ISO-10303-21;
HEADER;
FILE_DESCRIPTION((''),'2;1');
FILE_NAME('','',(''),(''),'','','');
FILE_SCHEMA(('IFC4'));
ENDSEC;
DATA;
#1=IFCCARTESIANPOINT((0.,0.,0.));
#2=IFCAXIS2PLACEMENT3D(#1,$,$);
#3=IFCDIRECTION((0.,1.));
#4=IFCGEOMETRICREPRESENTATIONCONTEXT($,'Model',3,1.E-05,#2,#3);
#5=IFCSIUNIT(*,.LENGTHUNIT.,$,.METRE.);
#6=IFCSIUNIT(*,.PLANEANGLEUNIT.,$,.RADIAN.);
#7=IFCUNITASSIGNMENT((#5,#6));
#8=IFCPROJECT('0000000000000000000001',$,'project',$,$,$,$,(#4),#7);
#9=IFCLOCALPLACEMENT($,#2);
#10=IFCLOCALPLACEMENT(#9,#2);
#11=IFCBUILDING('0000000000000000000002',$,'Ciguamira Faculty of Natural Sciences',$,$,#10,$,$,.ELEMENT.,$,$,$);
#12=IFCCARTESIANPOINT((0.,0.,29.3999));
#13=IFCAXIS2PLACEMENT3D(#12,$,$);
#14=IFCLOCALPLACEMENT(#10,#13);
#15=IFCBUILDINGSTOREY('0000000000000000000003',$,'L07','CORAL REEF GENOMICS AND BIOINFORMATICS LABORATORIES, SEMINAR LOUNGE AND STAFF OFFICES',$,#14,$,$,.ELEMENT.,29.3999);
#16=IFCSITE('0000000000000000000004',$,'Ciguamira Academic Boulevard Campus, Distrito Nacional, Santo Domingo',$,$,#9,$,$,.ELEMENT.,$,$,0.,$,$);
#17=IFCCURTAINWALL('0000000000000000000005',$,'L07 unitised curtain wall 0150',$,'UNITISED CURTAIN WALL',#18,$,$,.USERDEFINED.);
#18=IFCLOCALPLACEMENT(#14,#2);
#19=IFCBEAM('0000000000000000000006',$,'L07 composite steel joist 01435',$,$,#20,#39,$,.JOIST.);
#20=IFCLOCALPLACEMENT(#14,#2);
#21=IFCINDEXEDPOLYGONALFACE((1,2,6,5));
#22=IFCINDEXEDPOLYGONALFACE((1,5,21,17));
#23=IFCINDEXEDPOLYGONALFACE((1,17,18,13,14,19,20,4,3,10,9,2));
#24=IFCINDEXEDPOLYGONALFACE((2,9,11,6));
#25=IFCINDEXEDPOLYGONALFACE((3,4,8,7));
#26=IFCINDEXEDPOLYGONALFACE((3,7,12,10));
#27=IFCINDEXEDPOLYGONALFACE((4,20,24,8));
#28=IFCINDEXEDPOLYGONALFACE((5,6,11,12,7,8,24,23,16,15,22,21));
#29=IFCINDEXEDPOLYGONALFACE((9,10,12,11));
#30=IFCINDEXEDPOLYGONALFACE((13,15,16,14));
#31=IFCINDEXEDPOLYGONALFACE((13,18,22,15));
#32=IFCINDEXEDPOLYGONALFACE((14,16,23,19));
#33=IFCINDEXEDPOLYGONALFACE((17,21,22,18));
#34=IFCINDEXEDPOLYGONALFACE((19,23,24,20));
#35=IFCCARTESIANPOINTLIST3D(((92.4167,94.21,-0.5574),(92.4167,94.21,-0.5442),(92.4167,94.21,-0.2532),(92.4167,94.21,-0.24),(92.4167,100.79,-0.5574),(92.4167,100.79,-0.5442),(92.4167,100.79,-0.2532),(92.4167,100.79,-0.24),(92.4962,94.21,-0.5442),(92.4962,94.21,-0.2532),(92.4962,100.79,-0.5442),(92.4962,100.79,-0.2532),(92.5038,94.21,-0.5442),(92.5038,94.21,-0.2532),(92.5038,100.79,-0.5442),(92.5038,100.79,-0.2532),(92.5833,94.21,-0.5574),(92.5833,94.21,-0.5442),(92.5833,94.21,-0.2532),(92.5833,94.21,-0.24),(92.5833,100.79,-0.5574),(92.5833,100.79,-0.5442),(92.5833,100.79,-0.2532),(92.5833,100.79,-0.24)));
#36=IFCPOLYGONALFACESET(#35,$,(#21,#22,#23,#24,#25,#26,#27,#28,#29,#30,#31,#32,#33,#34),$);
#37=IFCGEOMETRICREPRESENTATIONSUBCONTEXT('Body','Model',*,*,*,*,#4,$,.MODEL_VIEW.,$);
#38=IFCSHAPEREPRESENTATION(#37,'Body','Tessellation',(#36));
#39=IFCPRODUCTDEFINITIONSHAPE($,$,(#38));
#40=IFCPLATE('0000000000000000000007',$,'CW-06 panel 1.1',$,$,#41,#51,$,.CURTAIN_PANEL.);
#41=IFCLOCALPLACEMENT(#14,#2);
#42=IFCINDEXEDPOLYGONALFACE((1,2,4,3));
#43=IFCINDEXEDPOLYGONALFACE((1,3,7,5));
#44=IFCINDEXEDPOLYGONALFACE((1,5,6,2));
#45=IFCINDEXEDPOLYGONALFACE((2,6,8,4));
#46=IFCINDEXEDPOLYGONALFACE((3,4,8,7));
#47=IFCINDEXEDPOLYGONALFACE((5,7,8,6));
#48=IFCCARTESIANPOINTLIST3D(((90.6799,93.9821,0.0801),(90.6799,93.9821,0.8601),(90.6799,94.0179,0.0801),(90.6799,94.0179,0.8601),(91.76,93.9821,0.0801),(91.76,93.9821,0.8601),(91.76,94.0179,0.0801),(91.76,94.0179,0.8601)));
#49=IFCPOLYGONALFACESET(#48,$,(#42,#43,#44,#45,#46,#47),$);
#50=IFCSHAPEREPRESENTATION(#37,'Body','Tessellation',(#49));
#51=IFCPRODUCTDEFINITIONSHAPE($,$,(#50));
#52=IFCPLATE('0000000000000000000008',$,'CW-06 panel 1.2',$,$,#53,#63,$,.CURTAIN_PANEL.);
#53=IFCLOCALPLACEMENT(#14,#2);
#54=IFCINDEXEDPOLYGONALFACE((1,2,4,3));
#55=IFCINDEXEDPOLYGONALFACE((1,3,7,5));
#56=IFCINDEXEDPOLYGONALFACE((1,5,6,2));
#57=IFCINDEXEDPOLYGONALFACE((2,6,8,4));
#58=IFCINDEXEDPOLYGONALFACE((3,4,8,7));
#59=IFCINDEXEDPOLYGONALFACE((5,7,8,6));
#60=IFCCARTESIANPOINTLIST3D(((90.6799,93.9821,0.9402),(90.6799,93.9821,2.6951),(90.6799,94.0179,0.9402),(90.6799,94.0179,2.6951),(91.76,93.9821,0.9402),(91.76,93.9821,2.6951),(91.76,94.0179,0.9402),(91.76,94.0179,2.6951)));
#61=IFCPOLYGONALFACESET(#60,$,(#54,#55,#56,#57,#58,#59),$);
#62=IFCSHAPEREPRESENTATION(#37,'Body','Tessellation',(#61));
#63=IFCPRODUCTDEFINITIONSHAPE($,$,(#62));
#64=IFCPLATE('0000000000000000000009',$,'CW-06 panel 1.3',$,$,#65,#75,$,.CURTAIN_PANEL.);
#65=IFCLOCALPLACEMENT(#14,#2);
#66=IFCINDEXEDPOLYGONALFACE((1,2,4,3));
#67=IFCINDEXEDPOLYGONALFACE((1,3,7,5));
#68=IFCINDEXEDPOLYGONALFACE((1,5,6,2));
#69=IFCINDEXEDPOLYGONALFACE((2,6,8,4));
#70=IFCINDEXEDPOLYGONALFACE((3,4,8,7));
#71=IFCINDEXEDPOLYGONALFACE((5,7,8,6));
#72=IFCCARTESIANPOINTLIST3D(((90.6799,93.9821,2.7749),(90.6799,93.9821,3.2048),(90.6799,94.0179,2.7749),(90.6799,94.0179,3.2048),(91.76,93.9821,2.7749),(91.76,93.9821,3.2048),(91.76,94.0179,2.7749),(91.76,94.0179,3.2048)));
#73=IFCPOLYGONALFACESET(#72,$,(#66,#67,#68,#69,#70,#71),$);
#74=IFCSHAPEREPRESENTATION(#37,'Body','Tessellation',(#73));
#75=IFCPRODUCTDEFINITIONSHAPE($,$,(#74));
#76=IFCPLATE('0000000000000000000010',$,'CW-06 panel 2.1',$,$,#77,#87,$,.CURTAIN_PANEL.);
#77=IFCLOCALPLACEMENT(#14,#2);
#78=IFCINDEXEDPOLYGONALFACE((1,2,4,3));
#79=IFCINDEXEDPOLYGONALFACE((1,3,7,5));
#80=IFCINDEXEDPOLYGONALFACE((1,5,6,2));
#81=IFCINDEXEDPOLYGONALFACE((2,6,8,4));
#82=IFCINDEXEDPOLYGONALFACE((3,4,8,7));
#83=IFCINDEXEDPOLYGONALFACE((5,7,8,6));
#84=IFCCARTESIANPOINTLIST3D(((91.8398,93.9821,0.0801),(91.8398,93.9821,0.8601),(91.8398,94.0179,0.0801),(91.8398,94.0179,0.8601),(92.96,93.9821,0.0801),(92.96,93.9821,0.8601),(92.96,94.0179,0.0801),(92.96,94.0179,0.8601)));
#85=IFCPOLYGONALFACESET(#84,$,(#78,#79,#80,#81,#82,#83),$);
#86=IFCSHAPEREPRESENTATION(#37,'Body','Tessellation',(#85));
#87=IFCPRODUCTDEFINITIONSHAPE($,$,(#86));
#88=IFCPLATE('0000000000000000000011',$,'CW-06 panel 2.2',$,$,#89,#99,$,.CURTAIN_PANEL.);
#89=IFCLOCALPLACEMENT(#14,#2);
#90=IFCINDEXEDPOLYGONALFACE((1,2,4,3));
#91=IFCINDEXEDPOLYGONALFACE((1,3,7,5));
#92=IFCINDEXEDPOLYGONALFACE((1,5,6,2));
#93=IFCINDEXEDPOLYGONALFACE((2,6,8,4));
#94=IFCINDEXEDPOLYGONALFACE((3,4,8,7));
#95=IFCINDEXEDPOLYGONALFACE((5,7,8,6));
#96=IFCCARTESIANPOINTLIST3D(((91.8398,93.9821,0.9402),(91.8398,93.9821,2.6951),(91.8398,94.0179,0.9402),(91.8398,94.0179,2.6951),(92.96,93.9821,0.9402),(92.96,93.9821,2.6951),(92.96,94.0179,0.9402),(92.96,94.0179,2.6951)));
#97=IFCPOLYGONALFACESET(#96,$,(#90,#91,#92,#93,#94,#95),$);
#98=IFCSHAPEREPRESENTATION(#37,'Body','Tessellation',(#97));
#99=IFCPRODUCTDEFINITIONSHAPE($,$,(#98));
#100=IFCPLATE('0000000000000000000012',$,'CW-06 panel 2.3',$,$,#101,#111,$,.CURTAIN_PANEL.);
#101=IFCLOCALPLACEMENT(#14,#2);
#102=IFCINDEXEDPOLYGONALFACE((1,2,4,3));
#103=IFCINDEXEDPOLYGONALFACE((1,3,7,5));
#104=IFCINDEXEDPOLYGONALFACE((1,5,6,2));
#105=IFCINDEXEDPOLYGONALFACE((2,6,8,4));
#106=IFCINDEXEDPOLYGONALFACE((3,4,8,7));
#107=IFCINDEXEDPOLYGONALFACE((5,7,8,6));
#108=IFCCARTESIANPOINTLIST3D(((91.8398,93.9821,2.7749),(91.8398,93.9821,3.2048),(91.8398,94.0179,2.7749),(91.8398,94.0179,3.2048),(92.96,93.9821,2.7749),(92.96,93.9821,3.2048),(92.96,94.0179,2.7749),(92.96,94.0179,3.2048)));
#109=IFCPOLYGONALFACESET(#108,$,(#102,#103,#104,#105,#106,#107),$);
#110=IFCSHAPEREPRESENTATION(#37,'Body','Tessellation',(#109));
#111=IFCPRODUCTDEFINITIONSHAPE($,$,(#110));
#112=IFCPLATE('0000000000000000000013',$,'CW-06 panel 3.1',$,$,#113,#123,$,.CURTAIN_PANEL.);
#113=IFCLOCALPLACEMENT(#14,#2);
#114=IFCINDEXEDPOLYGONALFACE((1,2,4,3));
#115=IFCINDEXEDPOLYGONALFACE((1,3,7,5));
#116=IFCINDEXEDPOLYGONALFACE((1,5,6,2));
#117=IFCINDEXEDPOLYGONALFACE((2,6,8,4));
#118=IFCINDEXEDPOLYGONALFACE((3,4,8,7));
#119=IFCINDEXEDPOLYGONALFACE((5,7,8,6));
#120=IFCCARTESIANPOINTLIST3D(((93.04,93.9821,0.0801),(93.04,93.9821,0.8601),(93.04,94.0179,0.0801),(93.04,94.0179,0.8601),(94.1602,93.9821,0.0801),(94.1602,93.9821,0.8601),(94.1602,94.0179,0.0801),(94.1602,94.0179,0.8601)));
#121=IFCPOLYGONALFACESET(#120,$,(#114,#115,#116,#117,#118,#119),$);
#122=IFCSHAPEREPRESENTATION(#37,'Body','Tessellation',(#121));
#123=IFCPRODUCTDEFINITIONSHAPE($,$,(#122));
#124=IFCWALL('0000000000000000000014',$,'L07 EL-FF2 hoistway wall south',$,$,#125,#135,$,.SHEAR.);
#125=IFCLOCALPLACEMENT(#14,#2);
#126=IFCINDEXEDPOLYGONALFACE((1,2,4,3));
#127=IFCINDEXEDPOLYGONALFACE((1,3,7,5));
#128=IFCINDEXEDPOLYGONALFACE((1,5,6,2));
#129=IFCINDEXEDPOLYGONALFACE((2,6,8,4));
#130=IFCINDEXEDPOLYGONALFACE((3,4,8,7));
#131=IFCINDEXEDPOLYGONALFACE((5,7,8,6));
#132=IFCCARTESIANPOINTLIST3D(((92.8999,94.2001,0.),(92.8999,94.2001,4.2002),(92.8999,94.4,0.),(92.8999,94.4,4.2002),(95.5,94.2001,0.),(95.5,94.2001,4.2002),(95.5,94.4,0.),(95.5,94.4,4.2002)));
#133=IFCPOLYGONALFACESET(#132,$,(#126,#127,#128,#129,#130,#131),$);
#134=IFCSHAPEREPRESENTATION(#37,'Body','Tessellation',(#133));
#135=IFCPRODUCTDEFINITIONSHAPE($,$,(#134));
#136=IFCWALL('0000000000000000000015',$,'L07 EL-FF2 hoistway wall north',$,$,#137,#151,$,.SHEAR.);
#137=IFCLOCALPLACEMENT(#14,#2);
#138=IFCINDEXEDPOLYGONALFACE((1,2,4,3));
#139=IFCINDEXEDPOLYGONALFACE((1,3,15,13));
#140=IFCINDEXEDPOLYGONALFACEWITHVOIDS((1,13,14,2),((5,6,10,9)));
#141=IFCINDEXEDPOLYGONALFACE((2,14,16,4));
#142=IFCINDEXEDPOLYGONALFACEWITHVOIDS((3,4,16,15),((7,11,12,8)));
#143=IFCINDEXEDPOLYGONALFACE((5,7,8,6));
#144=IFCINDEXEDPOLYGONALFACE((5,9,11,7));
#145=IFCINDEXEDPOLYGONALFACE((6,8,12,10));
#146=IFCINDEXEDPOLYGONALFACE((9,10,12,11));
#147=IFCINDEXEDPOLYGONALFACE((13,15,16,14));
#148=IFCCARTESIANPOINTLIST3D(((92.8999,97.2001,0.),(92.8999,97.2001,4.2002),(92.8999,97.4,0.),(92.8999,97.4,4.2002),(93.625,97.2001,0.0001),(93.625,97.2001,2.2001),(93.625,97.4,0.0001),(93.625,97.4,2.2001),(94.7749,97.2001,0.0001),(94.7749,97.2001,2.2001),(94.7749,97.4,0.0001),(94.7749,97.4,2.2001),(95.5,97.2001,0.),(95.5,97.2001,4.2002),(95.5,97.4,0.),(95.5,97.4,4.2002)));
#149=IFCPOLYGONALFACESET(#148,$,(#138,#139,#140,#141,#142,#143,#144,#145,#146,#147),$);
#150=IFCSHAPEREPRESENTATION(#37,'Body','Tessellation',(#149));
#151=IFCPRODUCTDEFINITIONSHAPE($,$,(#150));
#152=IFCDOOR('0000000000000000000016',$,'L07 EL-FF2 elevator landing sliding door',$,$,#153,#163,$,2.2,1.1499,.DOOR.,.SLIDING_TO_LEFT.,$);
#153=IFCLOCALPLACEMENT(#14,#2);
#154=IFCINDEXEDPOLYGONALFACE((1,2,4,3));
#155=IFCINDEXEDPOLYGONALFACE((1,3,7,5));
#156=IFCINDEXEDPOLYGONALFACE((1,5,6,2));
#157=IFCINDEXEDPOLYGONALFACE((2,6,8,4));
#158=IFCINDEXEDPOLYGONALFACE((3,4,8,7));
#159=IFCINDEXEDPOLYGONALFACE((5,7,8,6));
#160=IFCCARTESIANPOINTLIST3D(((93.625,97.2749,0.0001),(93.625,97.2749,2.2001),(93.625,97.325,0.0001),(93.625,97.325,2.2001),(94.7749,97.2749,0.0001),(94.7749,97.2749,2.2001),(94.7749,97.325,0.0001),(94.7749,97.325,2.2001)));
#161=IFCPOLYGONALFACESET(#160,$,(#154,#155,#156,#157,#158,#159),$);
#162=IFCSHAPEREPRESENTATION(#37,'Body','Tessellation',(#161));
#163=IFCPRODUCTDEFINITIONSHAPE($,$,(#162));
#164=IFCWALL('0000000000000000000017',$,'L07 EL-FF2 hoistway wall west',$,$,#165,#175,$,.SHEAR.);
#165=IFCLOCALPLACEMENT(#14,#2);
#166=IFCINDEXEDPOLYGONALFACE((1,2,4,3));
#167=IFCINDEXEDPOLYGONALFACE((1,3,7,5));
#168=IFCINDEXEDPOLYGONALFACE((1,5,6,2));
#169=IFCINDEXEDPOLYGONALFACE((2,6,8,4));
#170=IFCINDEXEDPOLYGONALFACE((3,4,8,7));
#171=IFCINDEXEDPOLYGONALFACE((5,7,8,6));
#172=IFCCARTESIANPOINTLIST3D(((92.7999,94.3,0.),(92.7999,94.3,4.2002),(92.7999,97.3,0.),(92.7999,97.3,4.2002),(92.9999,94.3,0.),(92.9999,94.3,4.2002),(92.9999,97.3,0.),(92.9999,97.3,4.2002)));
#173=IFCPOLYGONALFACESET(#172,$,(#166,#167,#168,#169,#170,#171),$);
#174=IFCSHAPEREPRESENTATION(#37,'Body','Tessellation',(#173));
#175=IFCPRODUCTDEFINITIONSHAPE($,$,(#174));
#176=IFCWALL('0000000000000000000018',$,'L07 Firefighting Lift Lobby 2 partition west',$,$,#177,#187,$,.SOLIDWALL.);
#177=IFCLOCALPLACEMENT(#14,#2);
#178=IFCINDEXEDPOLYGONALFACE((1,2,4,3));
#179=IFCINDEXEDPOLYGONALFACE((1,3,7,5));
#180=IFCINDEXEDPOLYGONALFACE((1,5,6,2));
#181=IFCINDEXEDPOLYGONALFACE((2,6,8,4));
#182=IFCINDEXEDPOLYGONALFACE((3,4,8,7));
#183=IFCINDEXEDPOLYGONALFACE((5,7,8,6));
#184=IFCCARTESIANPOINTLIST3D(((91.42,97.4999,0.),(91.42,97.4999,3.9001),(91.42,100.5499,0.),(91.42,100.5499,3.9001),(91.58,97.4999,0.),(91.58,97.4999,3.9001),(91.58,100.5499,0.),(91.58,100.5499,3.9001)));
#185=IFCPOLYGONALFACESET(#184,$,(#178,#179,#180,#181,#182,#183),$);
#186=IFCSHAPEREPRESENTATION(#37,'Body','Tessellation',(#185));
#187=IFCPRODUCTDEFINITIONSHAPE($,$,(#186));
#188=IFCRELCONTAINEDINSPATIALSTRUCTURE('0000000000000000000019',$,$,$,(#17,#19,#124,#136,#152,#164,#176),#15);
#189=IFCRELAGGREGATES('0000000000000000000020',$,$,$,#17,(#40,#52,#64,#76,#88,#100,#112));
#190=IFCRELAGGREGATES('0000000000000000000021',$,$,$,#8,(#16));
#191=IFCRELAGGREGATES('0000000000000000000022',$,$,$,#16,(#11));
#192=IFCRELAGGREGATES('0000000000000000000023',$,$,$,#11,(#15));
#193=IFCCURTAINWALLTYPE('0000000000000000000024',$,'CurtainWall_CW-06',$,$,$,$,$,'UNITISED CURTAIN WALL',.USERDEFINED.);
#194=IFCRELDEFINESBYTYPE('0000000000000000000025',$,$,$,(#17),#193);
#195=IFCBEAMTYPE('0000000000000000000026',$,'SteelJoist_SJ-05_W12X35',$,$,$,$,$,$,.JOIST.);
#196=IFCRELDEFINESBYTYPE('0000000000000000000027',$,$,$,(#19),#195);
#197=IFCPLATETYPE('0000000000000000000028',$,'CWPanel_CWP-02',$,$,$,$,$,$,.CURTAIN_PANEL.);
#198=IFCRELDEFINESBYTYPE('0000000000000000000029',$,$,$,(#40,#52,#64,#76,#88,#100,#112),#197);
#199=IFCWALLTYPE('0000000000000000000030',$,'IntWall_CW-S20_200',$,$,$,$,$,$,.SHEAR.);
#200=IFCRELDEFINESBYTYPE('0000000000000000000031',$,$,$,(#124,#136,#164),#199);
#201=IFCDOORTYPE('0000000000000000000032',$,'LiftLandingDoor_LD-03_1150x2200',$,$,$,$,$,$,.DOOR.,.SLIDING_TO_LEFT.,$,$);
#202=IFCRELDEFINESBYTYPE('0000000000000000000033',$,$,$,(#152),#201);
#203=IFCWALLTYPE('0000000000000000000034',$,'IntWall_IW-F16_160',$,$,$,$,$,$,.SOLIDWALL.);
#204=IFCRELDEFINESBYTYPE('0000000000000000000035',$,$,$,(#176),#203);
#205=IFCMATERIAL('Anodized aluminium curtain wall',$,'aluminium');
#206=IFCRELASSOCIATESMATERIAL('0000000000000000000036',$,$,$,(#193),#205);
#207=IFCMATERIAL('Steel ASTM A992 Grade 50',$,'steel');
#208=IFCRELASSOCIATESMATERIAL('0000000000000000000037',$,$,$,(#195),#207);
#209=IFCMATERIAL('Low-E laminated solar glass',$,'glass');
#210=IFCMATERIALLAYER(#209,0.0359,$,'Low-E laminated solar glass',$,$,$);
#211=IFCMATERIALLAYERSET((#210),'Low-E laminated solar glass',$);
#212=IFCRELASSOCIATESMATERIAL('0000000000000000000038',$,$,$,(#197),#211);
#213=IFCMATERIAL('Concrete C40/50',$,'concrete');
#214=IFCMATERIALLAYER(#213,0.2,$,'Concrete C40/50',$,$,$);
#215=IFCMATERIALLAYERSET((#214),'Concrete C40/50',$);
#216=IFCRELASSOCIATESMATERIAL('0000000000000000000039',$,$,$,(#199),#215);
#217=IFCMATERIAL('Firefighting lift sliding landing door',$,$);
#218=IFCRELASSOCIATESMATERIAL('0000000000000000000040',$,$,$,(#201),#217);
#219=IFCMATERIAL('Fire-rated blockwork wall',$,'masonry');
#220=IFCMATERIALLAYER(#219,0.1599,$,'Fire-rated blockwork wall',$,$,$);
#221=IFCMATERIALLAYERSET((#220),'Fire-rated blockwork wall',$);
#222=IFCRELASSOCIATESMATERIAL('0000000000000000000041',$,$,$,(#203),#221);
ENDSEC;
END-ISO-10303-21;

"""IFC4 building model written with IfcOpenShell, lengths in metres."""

from ifc_helpers import new_model, si_unit, direction, frame, frame_2d, origin, origin_2d, place, context, subcontext, project, spatial, rectangle, i_section, extrude, material, layer, layer_set, material_profile, profile_set, type_object, element, fill, aggregate, save


model = new_model("IFC4")

# Units and contexts
model_context = context("Model", 3, precision=1e-05, world=origin(), true_north=direction((0.0, 1.0)))
body_context = subcontext(model_context, "Body", "Model", "MODEL_VIEW")
ifc_project = project(units=[si_unit("LENGTHUNIT", "METRE"), si_unit("PLANEANGLEUNIT", "RADIAN")], contexts=[model_context])

# Site, building, storey
site_placement = place(None, origin())
site = spatial("IfcSite", under=ifc_project, at=site_placement, Name="Ciguamira Academic Boulevard Campus, Distrito Nacional, Santo Domingo", CompositionType="ELEMENT", RefElevation=0.0)
building_placement = place(site_placement, origin())
building = spatial("IfcBuilding", under=site, at=building_placement, Name="Ciguamira Faculty of Natural Sciences", CompositionType="ELEMENT")
storey_placement = place(building_placement, frame((0.0, 0.0, 29.3999)))
storey = spatial("IfcBuildingStorey", under=building, at=storey_placement, Name="L07", Description="CORAL REEF GENOMICS AND BIOINFORMATICS LABORATORIES, SEMINAR LOUNGE AND STAFF OFFICES", CompositionType="ELEMENT", Elevation=29.3999)

# Curtain wall
ifc_material_1 = material(Name="Anodized aluminium curtain wall", Category="aluminium")
curtain_wall_type = type_object("IfcCurtainWallType", Name="CurtainWall_CW-06", ElementType="UNITISED CURTAIN WALL", PredefinedType="USERDEFINED", material=ifc_material_1)
curtain_wall_placement = place(storey_placement, origin())
curtain_wall = element("IfcCurtainWall", 1, at=curtain_wall_placement, inside=storey, type_object=curtain_wall_type, Name="L07 unitised curtain wall 0150", ObjectType="UNITISED CURTAIN WALL", PredefinedType="USERDEFINED")

# Beam
ifc_material_2 = material(Name="Steel ASTM A992 Grade 50", Category="steel")
ifc_material_profile_1 = material_profile(ifc_material_2, i_section(OverallWidth=0.1665, OverallDepth=0.3174, WebThickness=0.0076, FlangeThickness=0.0132, at=origin_2d()), Name="W12X35")
ifc_profile_set_1 = profile_set([ifc_material_profile_1], Name="Steel ASTM A992 Grade 50")
beam_type = type_object("IfcBeamType", Name="SteelJoist_SJ-05_W12X35", PredefinedType="JOIST", material=ifc_profile_set_1)
beam_placement = place(storey_placement, frame((92.5, 94.21, -0.3987), z_axis=(0.0, 1.0, 0.0), x_axis=(-1.0, 0.0, 0.0)))
element("IfcBeam", 2, at=beam_placement, inside=storey, type_object=beam_type, Name="L07 composite steel joist 01435", PredefinedType="JOIST", context=body_context, shape_type="SweptSolid", body=[
    extrude(i_section(OverallWidth=0.1665, OverallDepth=0.3174, WebThickness=0.0076, FlangeThickness=0.0132, at=origin_2d()), origin(), (0.0, 0.0, 1.0), 6.5801),
])

# Plates
ifc_material_3 = material(Name="Low-E laminated solar glass", Category="glass")
ifc_layer_1 = layer(ifc_material_3, 0.0359, Name="Low-E laminated solar glass")
ifc_layer_set_1 = layer_set([ifc_layer_1], Name="Low-E laminated solar glass")
plate_type = type_object("IfcPlateType", Name="CWPanel_CWP-02", PredefinedType="CURTAIN_PANEL", material=ifc_layer_set_1)
plate_1_placement = place(storey_placement, frame((91.22, 94.0, 0.0801), z_axis=(0.0, 0.0, 1.0), x_axis=(1.0, 0.0, 0.0)))
plate_1 = element("IfcPlate", 3, at=plate_1_placement, type_object=plate_type, Name="CW-06 panel 1.1", PredefinedType="CURTAIN_PANEL", context=body_context, shape_type="SweptSolid", body=[
    extrude(rectangle(XDim=1.0801, YDim=0.0359, at=origin_2d()), origin(), (0.0, 0.0, 1.0), 0.78),
])
plate_2_placement = place(storey_placement, frame((91.22, 94.0, 0.9402), z_axis=(0.0, 0.0, 1.0), x_axis=(1.0, 0.0, 0.0)))
plate_2 = element("IfcPlate", 4, at=plate_2_placement, type_object=plate_type, Name="CW-06 panel 1.2", PredefinedType="CURTAIN_PANEL", context=body_context, shape_type="SweptSolid", body=[
    extrude(rectangle(XDim=1.0801, YDim=0.0359, at=origin_2d()), origin(), (0.0, 0.0, 1.0), 1.7549),
])
plate_3_placement = place(storey_placement, frame((91.22, 94.0, 2.7749), z_axis=(0.0, 0.0, 1.0), x_axis=(1.0, 0.0, 0.0)))
plate_3 = element("IfcPlate", 5, at=plate_3_placement, type_object=plate_type, Name="CW-06 panel 1.3", PredefinedType="CURTAIN_PANEL", context=body_context, shape_type="SweptSolid", body=[
    extrude(rectangle(XDim=1.0801, YDim=0.0359, at=origin_2d()), origin(), (0.0, 0.0, 1.0), 0.4299),
])
plate_4_placement = place(storey_placement, frame((92.3999, 94.0, 0.0801), z_axis=(0.0, 0.0, 1.0), x_axis=(1.0, 0.0, 0.0)))
plate_4 = element("IfcPlate", 6, at=plate_4_placement, type_object=plate_type, Name="CW-06 panel 2.1", PredefinedType="CURTAIN_PANEL", context=body_context, shape_type="SweptSolid", body=[
    extrude(rectangle(XDim=1.1201, YDim=0.0359, at=origin_2d()), origin(), (0.0, 0.0, 1.0), 0.78),
])
plate_5_placement = place(storey_placement, frame((92.3999, 94.0, 0.9402), z_axis=(0.0, 0.0, 1.0), x_axis=(1.0, 0.0, 0.0)))
plate_5 = element("IfcPlate", 7, at=plate_5_placement, type_object=plate_type, Name="CW-06 panel 2.2", PredefinedType="CURTAIN_PANEL", context=body_context, shape_type="SweptSolid", body=[
    extrude(rectangle(XDim=1.1201, YDim=0.0359, at=origin_2d()), origin(), (0.0, 0.0, 1.0), 1.7549),
])
plate_6_placement = place(storey_placement, frame((92.3999, 94.0, 2.7749), z_axis=(0.0, 0.0, 1.0), x_axis=(1.0, 0.0, 0.0)))
plate_6 = element("IfcPlate", 8, at=plate_6_placement, type_object=plate_type, Name="CW-06 panel 2.3", PredefinedType="CURTAIN_PANEL", context=body_context, shape_type="SweptSolid", body=[
    extrude(rectangle(XDim=1.1201, YDim=0.0359, at=origin_2d()), origin(), (0.0, 0.0, 1.0), 0.4299),
])
plate_7_placement = place(storey_placement, frame((93.6001, 94.0, 0.0801), z_axis=(0.0, 0.0, 1.0), x_axis=(1.0, 0.0, 0.0)))
plate_7 = element("IfcPlate", 9, at=plate_7_placement, type_object=plate_type, Name="CW-06 panel 3.1", PredefinedType="CURTAIN_PANEL", context=body_context, shape_type="SweptSolid", body=[
    extrude(rectangle(XDim=1.1201, YDim=0.0359, at=origin_2d()), origin(), (0.0, 0.0, 1.0), 0.78),
])
aggregate(curtain_wall, [plate_1, plate_2, plate_3, plate_4, plate_5, plate_6, plate_7])

# Wall
ifc_material_4 = material(Name="Concrete C40/50", Category="concrete")
ifc_layer_2 = layer(ifc_material_4, 0.2, Name="Concrete C40/50")
ifc_layer_set_2 = layer_set([ifc_layer_2], Name="Concrete C40/50")
wall_type_1 = type_object("IfcWallType", Name="IntWall_CW-S20_200", PredefinedType="SHEAR", material=ifc_layer_set_2)
wall_1_placement = place(storey_placement, frame((92.8999, 94.3, 0.0), z_axis=(0.0, 0.0, 1.0), x_axis=(1.0, 0.0, 0.0)))
element("IfcWall", 10, at=wall_1_placement, inside=storey, type_object=wall_type_1, Name="L07 EL-FF2 hoistway wall south", PredefinedType="SHEAR", context=body_context, shape_type="SweptSolid", body=[
    extrude(rectangle(XDim=2.6001, YDim=0.2, at=frame_2d((1.3, 0.0))), origin(), (0.0, 0.0, 1.0), 4.2002),
])

# Wall, opening, door
wall_2_placement = place(storey_placement, frame((92.8999, 97.3, 0.0), z_axis=(0.0, 0.0, 1.0), x_axis=(1.0, 0.0, 0.0)))
wall_2 = element("IfcWall", 11, at=wall_2_placement, inside=storey, type_object=wall_type_1, Name="L07 EL-FF2 hoistway wall north", PredefinedType="SHEAR", context=body_context, shape_type="SweptSolid", body=[
    extrude(rectangle(XDim=2.6001, YDim=0.2, at=frame_2d((1.3, 0.0))), origin(), (0.0, 0.0, 1.0), 4.2002),
])
opening_1_placement = place(wall_2_placement, frame((0.7251, 0.0, 0.0)))
opening_1 = element("IfcOpeningElement", 12, at=opening_1_placement, cuts=wall_2, PredefinedType="OPENING", context=body_context, shape_type="SweptSolid", body=[
    extrude(rectangle(XDim=1.1499, YDim=2.2, at=frame_2d((0.575, 1.1001))), frame((0.0, 0.1099, 0.0), z_axis=(0.0, -1.0, 0.0), x_axis=(1.0, 0.0, 0.0)), (0.0, 0.0, 1.0), 0.22),
])
ifc_material_5 = material(Name="Firefighting lift sliding landing door")
door_type_1 = type_object("IfcDoorType", Name="LiftLandingDoor_LD-03_1150x2200", OperationType="SLIDING_TO_LEFT", PredefinedType="DOOR", material=ifc_material_5)
door_1_placement = place(opening_1_placement, origin())
door_1 = element("IfcDoor", 13, at=door_1_placement, inside=storey, type_object=door_type_1, Name="L07 EL-FF2 elevator landing sliding door", OperationType="SLIDING_TO_LEFT", OverallHeight=2.2, OverallWidth=1.1499, PredefinedType="DOOR", context=body_context, shape_type="SweptSolid", body=[
    extrude(rectangle(XDim=1.1499, YDim=2.2, at=frame_2d((0.575, 1.1001))), frame((0.0, 0.0249, 0.0), z_axis=(0.0, -1.0, 0.0), x_axis=(1.0, 0.0, 0.0)), (0.0, 0.0, 1.0), 0.05),
])
fill(opening_1, door_1)

# Wall
wall_3_placement = place(storey_placement, frame((92.8999, 94.3, 0.0), z_axis=(0.0, 0.0, 1.0), x_axis=(0.0, 1.0, 0.0)))
element("IfcWall", 14, at=wall_3_placement, inside=storey, type_object=wall_type_1, Name="L07 EL-FF2 hoistway wall west", PredefinedType="SHEAR", context=body_context, shape_type="SweptSolid", body=[
    extrude(rectangle(XDim=3.0, YDim=0.2, at=frame_2d((1.5, 0.0))), origin(), (0.0, 0.0, 1.0), 4.2002),
])

# Shared definitions
ifc_material_6 = material(Name="Fire-rated blockwork wall", Category="masonry")
ifc_layer_3 = layer(ifc_material_6, 0.1599, Name="Fire-rated blockwork wall")
ifc_layer_set_3 = layer_set([ifc_layer_3], Name="Fire-rated blockwork wall")
wall_type_2 = type_object("IfcWallType", Name="IntWall_IW-F16_160", PredefinedType="SOLIDWALL", material=ifc_layer_set_3)

# Wall
wall_4_placement = place(storey_placement, frame((91.5, 97.5, 0.0), z_axis=(0.0, 0.0, 1.0), x_axis=(0.0, 1.0, 0.0)))
element("IfcWall", 15, at=wall_4_placement, inside=storey, type_object=wall_type_2, Name="L07 Firefighting Lift Lobby 2 partition west", PredefinedType="SOLIDWALL", context=body_context, shape_type="SweptSolid", body=[
    extrude(rectangle(XDim=3.05, YDim=0.1599, at=frame_2d((1.5249, 0.0))), origin(), (0.0, 0.0, 1.0), 3.9001),
])

save(model, "model.ifc")
